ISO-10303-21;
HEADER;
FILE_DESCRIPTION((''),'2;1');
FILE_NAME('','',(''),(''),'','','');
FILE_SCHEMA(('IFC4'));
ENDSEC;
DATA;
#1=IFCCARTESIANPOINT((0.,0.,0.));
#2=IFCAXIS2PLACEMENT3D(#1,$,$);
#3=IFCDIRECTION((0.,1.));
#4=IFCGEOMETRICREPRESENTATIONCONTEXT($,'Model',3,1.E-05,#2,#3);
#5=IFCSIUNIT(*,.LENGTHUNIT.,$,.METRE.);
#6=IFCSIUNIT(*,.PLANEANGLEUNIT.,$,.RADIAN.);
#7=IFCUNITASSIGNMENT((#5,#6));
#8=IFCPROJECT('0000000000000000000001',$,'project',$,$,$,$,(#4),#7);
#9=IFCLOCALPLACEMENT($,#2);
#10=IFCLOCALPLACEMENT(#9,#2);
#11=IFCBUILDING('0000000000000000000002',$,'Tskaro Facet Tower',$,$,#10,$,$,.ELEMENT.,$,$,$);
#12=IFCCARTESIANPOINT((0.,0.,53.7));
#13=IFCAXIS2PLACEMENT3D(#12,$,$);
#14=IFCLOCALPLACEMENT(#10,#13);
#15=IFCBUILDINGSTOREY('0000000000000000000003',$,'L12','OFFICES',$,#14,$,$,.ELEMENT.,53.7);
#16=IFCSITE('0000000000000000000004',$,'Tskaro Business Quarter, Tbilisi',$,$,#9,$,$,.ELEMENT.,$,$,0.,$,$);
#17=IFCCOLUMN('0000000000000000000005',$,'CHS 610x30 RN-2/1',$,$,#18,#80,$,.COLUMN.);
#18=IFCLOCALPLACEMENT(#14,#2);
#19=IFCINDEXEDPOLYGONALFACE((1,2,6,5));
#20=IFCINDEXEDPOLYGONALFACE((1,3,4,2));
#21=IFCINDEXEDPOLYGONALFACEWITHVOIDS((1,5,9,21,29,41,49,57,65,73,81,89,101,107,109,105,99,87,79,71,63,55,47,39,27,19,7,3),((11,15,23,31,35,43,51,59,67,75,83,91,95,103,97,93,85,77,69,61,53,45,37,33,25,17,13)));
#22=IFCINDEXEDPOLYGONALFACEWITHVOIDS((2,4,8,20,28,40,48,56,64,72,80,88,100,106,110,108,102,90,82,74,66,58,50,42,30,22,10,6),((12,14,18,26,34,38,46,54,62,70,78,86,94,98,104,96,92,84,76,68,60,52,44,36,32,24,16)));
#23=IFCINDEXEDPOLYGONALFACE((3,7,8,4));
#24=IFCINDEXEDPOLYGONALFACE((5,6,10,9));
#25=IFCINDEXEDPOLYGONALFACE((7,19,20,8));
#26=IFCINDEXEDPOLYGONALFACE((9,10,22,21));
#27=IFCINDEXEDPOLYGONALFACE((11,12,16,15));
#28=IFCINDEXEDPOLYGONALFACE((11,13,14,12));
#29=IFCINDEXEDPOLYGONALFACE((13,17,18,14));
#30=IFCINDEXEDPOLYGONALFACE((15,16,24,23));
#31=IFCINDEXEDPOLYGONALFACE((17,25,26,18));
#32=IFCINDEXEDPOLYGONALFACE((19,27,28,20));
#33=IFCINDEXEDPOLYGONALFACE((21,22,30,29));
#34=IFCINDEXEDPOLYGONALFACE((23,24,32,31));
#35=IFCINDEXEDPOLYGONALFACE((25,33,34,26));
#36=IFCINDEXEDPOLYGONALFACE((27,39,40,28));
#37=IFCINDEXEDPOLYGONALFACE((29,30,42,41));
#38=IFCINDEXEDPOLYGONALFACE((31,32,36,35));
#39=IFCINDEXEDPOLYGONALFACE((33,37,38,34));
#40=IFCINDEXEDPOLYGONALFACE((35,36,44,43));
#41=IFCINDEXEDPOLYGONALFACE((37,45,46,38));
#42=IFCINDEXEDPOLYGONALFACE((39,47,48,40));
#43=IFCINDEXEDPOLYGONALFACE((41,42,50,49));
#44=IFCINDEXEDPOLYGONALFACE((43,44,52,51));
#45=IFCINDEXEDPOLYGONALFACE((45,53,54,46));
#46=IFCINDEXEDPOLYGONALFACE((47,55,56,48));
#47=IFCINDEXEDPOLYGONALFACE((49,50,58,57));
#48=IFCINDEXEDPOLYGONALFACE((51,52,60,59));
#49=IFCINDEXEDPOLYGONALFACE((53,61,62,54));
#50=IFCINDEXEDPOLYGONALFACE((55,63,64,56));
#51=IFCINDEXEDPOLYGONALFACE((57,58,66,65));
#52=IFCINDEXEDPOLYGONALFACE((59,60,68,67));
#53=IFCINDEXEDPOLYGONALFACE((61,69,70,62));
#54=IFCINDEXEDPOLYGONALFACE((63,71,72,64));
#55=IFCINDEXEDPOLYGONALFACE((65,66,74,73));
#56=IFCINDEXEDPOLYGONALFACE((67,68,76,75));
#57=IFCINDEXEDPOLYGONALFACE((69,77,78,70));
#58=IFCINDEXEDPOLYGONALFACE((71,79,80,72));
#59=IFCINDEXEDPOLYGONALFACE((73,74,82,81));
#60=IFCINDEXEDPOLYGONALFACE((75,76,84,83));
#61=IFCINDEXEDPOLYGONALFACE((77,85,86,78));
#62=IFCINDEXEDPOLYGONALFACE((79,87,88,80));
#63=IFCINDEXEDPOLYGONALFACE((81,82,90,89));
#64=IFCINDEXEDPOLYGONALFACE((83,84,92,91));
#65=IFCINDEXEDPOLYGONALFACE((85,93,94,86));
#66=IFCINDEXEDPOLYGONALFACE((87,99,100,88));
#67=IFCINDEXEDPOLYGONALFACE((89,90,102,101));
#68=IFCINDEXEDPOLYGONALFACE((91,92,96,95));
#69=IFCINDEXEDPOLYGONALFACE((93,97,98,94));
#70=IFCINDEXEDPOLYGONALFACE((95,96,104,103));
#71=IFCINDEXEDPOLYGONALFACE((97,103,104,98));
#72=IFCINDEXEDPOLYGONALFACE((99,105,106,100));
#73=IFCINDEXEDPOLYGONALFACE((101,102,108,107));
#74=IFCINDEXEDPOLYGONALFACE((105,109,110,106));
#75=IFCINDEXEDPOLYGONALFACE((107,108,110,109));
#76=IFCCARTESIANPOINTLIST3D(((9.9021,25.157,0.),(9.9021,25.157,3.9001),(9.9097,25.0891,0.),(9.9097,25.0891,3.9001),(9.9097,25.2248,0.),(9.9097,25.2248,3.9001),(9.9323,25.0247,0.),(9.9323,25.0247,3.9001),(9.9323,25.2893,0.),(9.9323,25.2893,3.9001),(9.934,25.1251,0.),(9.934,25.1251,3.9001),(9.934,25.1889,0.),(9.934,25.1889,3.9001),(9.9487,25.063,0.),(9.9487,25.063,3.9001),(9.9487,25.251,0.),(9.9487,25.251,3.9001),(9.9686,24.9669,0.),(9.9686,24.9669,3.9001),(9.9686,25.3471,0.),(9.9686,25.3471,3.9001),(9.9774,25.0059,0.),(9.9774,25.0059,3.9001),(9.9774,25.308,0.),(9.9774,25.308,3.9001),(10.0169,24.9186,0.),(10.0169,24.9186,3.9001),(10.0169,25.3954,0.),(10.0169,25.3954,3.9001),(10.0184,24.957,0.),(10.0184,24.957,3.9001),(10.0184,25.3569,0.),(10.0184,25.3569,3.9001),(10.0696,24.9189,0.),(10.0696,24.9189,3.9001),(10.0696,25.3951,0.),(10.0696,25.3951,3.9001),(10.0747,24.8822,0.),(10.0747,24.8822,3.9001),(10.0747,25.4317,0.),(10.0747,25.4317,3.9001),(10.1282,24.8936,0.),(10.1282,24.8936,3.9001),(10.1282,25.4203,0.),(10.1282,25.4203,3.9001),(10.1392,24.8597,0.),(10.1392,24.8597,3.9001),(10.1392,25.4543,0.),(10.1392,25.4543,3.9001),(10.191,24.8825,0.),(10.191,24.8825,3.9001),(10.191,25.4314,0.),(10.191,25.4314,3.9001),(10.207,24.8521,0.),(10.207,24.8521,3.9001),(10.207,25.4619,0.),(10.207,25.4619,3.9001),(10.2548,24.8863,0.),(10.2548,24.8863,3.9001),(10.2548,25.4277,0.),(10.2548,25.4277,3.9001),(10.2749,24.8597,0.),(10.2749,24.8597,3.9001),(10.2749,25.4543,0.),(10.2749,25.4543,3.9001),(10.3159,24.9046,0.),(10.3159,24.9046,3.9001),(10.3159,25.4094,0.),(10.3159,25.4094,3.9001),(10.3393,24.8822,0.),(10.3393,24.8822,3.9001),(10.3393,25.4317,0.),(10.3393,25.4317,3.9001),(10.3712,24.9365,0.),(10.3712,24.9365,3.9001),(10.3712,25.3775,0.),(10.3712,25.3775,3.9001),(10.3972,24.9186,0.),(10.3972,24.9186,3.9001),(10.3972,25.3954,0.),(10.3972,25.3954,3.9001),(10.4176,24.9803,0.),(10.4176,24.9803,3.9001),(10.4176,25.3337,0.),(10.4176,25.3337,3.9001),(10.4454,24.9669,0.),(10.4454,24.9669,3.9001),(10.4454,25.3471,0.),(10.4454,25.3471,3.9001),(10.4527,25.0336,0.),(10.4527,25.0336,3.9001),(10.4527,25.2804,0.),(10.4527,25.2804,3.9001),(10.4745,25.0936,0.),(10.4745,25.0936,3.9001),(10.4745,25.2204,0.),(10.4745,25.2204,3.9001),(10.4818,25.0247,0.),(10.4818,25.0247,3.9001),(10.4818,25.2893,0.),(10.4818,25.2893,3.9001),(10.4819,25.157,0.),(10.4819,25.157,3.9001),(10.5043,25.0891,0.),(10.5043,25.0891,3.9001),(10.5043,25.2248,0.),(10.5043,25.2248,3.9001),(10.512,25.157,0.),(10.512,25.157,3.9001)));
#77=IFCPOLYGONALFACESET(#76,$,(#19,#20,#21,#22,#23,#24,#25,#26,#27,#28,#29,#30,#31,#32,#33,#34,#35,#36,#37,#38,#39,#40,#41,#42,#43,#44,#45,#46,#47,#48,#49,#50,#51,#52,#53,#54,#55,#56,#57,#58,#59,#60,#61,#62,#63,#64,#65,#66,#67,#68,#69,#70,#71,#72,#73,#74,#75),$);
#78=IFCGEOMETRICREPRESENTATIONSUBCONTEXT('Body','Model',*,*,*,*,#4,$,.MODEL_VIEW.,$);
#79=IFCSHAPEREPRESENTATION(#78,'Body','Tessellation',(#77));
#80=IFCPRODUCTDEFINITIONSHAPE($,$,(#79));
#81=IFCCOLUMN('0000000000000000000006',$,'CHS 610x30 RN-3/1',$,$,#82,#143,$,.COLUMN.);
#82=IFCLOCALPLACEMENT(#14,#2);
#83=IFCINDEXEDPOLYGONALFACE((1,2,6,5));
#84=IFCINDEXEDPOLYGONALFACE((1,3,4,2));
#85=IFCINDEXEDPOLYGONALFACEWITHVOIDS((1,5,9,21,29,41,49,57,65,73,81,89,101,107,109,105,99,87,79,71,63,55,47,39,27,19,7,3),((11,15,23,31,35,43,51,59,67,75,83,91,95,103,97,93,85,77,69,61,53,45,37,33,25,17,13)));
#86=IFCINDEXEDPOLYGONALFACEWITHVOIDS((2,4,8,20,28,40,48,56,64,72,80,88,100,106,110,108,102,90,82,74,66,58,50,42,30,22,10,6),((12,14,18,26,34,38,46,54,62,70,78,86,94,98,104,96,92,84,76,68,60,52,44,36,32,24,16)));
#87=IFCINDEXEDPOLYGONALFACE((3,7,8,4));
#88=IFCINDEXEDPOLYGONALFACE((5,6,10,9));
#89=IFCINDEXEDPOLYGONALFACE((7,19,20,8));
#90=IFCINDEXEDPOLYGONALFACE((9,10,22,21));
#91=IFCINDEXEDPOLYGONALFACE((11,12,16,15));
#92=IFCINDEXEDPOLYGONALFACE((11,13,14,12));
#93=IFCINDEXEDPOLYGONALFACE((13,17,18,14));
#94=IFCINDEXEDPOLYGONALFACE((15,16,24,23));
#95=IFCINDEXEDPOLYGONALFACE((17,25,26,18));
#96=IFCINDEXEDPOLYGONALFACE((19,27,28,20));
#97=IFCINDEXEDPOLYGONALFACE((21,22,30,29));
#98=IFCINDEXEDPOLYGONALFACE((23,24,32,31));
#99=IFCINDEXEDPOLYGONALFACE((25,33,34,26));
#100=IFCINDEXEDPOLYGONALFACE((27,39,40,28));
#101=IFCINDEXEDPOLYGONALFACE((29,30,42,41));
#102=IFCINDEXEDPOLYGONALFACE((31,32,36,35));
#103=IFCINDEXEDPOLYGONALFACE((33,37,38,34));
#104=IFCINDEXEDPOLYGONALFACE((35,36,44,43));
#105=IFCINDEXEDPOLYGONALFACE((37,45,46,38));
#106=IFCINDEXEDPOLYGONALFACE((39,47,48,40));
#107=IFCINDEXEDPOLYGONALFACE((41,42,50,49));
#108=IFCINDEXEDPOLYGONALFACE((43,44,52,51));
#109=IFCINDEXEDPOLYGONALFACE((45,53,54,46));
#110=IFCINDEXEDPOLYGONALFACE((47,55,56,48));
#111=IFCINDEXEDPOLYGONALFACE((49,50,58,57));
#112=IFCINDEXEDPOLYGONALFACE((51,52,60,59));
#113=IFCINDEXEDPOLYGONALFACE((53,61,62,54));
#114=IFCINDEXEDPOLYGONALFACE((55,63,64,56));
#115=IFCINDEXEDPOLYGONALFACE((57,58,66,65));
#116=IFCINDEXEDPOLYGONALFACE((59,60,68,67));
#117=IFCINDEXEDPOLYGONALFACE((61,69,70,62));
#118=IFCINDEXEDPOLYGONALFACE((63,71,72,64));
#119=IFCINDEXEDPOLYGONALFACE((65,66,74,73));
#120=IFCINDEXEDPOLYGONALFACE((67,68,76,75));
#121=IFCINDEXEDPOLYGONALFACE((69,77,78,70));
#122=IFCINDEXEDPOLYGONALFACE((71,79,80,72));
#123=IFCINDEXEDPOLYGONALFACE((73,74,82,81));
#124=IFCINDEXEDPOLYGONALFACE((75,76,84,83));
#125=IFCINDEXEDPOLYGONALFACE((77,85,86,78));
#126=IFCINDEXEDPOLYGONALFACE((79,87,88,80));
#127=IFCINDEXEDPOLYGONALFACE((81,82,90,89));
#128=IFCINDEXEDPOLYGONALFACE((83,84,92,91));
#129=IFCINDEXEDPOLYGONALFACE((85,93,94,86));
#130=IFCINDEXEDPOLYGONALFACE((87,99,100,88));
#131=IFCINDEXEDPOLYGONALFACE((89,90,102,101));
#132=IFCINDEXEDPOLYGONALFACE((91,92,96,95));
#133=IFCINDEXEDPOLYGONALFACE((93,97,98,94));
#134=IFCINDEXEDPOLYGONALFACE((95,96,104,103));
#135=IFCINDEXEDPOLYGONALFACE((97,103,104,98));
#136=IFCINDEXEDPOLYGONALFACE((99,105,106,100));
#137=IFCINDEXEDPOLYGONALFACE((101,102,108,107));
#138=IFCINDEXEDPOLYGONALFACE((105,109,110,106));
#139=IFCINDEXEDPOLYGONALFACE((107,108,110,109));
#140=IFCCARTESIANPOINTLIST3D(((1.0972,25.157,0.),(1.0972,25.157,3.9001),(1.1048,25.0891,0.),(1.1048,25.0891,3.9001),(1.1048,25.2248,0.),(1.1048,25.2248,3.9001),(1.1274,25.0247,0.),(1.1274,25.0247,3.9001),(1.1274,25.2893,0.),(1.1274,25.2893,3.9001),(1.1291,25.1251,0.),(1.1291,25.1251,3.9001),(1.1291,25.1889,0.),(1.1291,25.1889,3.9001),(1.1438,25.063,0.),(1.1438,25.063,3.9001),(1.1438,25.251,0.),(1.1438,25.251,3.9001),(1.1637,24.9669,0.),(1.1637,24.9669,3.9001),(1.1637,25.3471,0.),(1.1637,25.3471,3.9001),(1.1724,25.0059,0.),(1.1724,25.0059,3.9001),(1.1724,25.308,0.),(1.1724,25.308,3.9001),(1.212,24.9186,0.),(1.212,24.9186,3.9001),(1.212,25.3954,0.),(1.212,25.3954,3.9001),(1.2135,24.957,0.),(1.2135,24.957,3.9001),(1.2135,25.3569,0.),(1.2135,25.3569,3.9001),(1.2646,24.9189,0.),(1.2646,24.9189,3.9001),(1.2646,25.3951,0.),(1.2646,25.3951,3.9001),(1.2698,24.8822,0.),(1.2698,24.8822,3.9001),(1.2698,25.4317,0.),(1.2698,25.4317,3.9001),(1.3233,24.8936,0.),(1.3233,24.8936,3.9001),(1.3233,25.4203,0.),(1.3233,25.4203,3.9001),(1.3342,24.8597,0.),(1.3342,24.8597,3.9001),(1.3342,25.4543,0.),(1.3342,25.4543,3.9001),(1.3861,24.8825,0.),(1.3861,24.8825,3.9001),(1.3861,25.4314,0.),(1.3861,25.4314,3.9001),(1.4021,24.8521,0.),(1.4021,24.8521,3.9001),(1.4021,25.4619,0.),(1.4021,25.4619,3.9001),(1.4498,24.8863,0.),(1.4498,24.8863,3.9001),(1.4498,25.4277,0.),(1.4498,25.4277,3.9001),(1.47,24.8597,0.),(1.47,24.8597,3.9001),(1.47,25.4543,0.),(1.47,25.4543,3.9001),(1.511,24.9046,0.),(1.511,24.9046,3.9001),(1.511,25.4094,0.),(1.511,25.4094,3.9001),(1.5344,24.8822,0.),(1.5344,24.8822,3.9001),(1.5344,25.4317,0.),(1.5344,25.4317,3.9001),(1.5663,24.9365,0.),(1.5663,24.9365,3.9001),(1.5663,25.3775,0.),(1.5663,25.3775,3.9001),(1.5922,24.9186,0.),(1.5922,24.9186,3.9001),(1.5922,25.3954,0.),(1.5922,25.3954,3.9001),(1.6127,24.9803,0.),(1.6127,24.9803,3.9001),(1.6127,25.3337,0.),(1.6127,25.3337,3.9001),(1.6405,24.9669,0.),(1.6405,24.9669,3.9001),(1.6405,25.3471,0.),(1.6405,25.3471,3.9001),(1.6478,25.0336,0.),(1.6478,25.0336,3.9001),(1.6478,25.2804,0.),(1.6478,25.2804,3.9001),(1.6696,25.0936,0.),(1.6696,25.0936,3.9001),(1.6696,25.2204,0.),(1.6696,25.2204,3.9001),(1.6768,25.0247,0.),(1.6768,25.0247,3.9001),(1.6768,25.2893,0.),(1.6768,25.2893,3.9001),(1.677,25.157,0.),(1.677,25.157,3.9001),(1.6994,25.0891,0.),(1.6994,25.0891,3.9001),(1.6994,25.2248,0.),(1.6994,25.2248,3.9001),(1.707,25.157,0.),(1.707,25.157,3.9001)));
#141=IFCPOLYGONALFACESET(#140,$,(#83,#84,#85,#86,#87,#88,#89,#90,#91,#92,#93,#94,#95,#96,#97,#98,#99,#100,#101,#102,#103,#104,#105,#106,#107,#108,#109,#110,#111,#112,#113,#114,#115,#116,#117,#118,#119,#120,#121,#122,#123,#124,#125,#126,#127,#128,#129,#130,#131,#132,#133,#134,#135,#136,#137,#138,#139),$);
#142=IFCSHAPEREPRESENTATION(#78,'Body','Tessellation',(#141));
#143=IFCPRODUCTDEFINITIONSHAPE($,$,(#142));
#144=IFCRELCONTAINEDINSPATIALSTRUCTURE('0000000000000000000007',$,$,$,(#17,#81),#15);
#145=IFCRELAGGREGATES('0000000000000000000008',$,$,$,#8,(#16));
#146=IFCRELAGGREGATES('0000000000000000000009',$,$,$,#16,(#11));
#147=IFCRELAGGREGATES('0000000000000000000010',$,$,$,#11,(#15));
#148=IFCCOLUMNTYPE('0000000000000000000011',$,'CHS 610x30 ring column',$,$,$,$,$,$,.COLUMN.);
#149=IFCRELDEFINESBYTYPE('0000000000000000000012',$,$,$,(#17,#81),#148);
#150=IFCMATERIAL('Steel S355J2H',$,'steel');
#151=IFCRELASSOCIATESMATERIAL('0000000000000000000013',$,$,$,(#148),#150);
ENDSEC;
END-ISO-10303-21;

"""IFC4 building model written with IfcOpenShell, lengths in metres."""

from ifc_helpers import new_model, si_unit, direction, frame, origin, origin_2d, place, context, subcontext, project, spatial, hollow_circle, extrude, material, material_profile, profile_set, type_object, element, save


model = new_model("IFC4")

# Units and contexts
model_context = context("Model", 3, precision=1e-05, world=origin(), true_north=direction((0.0, 1.0)))
body_context = subcontext(model_context, "Body", "Model", "MODEL_VIEW")
ifc_project = project(units=[si_unit("LENGTHUNIT", "METRE"), si_unit("PLANEANGLEUNIT", "RADIAN")], contexts=[model_context])

# Site, building, storey
site_placement = place(None, origin())
site = spatial("IfcSite", under=ifc_project, at=site_placement, Name="Tskaro Business Quarter, Tbilisi", CompositionType="ELEMENT", RefElevation=0.0)
building_placement = place(site_placement, origin())
building = spatial("IfcBuilding", under=site, at=building_placement, Name="Tskaro Facet Tower", CompositionType="ELEMENT")
storey_placement = place(building_placement, frame((0.0, 0.0, 53.7)))
storey = spatial("IfcBuildingStorey", under=building, at=storey_placement, Name="L12", Description="OFFICES", CompositionType="ELEMENT", Elevation=53.7)

# Columns
ifc_material_1 = material(Name="Steel S355J2H", Category="steel")
ifc_material_profile_1 = material_profile(ifc_material_1, hollow_circle(Radius=0.3049, WallThickness=0.03, at=origin_2d()), Name="CHS 610x30")
ifc_profile_set_1 = profile_set([ifc_material_profile_1], Name="Steel S355J2H")
column_type_1 = type_object("IfcColumnType", Name="CHS 610x30 ring column", PredefinedType="COLUMN", material=ifc_profile_set_1)
for number, where, z_axis, x_axis, name in (
    (1, (10.207, 25.157, 0.0), (0.0, 0.0, 1.0), (1.0, 0.0, 0.0), "CHS 610x30 RN-2/1"),
    (2, (1.4021, 25.157, 0.0), (0.0, 0.0, 1.0), (1.0, 0.0, 0.0), "CHS 610x30 RN-3/1"),
):
    element("IfcColumn", number, at=place(storey_placement, frame(where, z_axis=z_axis, x_axis=x_axis)), inside=storey, type_object=column_type_1, Name=name, PredefinedType="COLUMN", context=body_context, shape_type="SweptSolid", body=[
        extrude(hollow_circle(Radius=0.3049, WallThickness=0.03, at=origin_2d()), origin(), (0.0, 0.0, 1.0), 3.9001),
    ])

save(model, "model.ifc")
